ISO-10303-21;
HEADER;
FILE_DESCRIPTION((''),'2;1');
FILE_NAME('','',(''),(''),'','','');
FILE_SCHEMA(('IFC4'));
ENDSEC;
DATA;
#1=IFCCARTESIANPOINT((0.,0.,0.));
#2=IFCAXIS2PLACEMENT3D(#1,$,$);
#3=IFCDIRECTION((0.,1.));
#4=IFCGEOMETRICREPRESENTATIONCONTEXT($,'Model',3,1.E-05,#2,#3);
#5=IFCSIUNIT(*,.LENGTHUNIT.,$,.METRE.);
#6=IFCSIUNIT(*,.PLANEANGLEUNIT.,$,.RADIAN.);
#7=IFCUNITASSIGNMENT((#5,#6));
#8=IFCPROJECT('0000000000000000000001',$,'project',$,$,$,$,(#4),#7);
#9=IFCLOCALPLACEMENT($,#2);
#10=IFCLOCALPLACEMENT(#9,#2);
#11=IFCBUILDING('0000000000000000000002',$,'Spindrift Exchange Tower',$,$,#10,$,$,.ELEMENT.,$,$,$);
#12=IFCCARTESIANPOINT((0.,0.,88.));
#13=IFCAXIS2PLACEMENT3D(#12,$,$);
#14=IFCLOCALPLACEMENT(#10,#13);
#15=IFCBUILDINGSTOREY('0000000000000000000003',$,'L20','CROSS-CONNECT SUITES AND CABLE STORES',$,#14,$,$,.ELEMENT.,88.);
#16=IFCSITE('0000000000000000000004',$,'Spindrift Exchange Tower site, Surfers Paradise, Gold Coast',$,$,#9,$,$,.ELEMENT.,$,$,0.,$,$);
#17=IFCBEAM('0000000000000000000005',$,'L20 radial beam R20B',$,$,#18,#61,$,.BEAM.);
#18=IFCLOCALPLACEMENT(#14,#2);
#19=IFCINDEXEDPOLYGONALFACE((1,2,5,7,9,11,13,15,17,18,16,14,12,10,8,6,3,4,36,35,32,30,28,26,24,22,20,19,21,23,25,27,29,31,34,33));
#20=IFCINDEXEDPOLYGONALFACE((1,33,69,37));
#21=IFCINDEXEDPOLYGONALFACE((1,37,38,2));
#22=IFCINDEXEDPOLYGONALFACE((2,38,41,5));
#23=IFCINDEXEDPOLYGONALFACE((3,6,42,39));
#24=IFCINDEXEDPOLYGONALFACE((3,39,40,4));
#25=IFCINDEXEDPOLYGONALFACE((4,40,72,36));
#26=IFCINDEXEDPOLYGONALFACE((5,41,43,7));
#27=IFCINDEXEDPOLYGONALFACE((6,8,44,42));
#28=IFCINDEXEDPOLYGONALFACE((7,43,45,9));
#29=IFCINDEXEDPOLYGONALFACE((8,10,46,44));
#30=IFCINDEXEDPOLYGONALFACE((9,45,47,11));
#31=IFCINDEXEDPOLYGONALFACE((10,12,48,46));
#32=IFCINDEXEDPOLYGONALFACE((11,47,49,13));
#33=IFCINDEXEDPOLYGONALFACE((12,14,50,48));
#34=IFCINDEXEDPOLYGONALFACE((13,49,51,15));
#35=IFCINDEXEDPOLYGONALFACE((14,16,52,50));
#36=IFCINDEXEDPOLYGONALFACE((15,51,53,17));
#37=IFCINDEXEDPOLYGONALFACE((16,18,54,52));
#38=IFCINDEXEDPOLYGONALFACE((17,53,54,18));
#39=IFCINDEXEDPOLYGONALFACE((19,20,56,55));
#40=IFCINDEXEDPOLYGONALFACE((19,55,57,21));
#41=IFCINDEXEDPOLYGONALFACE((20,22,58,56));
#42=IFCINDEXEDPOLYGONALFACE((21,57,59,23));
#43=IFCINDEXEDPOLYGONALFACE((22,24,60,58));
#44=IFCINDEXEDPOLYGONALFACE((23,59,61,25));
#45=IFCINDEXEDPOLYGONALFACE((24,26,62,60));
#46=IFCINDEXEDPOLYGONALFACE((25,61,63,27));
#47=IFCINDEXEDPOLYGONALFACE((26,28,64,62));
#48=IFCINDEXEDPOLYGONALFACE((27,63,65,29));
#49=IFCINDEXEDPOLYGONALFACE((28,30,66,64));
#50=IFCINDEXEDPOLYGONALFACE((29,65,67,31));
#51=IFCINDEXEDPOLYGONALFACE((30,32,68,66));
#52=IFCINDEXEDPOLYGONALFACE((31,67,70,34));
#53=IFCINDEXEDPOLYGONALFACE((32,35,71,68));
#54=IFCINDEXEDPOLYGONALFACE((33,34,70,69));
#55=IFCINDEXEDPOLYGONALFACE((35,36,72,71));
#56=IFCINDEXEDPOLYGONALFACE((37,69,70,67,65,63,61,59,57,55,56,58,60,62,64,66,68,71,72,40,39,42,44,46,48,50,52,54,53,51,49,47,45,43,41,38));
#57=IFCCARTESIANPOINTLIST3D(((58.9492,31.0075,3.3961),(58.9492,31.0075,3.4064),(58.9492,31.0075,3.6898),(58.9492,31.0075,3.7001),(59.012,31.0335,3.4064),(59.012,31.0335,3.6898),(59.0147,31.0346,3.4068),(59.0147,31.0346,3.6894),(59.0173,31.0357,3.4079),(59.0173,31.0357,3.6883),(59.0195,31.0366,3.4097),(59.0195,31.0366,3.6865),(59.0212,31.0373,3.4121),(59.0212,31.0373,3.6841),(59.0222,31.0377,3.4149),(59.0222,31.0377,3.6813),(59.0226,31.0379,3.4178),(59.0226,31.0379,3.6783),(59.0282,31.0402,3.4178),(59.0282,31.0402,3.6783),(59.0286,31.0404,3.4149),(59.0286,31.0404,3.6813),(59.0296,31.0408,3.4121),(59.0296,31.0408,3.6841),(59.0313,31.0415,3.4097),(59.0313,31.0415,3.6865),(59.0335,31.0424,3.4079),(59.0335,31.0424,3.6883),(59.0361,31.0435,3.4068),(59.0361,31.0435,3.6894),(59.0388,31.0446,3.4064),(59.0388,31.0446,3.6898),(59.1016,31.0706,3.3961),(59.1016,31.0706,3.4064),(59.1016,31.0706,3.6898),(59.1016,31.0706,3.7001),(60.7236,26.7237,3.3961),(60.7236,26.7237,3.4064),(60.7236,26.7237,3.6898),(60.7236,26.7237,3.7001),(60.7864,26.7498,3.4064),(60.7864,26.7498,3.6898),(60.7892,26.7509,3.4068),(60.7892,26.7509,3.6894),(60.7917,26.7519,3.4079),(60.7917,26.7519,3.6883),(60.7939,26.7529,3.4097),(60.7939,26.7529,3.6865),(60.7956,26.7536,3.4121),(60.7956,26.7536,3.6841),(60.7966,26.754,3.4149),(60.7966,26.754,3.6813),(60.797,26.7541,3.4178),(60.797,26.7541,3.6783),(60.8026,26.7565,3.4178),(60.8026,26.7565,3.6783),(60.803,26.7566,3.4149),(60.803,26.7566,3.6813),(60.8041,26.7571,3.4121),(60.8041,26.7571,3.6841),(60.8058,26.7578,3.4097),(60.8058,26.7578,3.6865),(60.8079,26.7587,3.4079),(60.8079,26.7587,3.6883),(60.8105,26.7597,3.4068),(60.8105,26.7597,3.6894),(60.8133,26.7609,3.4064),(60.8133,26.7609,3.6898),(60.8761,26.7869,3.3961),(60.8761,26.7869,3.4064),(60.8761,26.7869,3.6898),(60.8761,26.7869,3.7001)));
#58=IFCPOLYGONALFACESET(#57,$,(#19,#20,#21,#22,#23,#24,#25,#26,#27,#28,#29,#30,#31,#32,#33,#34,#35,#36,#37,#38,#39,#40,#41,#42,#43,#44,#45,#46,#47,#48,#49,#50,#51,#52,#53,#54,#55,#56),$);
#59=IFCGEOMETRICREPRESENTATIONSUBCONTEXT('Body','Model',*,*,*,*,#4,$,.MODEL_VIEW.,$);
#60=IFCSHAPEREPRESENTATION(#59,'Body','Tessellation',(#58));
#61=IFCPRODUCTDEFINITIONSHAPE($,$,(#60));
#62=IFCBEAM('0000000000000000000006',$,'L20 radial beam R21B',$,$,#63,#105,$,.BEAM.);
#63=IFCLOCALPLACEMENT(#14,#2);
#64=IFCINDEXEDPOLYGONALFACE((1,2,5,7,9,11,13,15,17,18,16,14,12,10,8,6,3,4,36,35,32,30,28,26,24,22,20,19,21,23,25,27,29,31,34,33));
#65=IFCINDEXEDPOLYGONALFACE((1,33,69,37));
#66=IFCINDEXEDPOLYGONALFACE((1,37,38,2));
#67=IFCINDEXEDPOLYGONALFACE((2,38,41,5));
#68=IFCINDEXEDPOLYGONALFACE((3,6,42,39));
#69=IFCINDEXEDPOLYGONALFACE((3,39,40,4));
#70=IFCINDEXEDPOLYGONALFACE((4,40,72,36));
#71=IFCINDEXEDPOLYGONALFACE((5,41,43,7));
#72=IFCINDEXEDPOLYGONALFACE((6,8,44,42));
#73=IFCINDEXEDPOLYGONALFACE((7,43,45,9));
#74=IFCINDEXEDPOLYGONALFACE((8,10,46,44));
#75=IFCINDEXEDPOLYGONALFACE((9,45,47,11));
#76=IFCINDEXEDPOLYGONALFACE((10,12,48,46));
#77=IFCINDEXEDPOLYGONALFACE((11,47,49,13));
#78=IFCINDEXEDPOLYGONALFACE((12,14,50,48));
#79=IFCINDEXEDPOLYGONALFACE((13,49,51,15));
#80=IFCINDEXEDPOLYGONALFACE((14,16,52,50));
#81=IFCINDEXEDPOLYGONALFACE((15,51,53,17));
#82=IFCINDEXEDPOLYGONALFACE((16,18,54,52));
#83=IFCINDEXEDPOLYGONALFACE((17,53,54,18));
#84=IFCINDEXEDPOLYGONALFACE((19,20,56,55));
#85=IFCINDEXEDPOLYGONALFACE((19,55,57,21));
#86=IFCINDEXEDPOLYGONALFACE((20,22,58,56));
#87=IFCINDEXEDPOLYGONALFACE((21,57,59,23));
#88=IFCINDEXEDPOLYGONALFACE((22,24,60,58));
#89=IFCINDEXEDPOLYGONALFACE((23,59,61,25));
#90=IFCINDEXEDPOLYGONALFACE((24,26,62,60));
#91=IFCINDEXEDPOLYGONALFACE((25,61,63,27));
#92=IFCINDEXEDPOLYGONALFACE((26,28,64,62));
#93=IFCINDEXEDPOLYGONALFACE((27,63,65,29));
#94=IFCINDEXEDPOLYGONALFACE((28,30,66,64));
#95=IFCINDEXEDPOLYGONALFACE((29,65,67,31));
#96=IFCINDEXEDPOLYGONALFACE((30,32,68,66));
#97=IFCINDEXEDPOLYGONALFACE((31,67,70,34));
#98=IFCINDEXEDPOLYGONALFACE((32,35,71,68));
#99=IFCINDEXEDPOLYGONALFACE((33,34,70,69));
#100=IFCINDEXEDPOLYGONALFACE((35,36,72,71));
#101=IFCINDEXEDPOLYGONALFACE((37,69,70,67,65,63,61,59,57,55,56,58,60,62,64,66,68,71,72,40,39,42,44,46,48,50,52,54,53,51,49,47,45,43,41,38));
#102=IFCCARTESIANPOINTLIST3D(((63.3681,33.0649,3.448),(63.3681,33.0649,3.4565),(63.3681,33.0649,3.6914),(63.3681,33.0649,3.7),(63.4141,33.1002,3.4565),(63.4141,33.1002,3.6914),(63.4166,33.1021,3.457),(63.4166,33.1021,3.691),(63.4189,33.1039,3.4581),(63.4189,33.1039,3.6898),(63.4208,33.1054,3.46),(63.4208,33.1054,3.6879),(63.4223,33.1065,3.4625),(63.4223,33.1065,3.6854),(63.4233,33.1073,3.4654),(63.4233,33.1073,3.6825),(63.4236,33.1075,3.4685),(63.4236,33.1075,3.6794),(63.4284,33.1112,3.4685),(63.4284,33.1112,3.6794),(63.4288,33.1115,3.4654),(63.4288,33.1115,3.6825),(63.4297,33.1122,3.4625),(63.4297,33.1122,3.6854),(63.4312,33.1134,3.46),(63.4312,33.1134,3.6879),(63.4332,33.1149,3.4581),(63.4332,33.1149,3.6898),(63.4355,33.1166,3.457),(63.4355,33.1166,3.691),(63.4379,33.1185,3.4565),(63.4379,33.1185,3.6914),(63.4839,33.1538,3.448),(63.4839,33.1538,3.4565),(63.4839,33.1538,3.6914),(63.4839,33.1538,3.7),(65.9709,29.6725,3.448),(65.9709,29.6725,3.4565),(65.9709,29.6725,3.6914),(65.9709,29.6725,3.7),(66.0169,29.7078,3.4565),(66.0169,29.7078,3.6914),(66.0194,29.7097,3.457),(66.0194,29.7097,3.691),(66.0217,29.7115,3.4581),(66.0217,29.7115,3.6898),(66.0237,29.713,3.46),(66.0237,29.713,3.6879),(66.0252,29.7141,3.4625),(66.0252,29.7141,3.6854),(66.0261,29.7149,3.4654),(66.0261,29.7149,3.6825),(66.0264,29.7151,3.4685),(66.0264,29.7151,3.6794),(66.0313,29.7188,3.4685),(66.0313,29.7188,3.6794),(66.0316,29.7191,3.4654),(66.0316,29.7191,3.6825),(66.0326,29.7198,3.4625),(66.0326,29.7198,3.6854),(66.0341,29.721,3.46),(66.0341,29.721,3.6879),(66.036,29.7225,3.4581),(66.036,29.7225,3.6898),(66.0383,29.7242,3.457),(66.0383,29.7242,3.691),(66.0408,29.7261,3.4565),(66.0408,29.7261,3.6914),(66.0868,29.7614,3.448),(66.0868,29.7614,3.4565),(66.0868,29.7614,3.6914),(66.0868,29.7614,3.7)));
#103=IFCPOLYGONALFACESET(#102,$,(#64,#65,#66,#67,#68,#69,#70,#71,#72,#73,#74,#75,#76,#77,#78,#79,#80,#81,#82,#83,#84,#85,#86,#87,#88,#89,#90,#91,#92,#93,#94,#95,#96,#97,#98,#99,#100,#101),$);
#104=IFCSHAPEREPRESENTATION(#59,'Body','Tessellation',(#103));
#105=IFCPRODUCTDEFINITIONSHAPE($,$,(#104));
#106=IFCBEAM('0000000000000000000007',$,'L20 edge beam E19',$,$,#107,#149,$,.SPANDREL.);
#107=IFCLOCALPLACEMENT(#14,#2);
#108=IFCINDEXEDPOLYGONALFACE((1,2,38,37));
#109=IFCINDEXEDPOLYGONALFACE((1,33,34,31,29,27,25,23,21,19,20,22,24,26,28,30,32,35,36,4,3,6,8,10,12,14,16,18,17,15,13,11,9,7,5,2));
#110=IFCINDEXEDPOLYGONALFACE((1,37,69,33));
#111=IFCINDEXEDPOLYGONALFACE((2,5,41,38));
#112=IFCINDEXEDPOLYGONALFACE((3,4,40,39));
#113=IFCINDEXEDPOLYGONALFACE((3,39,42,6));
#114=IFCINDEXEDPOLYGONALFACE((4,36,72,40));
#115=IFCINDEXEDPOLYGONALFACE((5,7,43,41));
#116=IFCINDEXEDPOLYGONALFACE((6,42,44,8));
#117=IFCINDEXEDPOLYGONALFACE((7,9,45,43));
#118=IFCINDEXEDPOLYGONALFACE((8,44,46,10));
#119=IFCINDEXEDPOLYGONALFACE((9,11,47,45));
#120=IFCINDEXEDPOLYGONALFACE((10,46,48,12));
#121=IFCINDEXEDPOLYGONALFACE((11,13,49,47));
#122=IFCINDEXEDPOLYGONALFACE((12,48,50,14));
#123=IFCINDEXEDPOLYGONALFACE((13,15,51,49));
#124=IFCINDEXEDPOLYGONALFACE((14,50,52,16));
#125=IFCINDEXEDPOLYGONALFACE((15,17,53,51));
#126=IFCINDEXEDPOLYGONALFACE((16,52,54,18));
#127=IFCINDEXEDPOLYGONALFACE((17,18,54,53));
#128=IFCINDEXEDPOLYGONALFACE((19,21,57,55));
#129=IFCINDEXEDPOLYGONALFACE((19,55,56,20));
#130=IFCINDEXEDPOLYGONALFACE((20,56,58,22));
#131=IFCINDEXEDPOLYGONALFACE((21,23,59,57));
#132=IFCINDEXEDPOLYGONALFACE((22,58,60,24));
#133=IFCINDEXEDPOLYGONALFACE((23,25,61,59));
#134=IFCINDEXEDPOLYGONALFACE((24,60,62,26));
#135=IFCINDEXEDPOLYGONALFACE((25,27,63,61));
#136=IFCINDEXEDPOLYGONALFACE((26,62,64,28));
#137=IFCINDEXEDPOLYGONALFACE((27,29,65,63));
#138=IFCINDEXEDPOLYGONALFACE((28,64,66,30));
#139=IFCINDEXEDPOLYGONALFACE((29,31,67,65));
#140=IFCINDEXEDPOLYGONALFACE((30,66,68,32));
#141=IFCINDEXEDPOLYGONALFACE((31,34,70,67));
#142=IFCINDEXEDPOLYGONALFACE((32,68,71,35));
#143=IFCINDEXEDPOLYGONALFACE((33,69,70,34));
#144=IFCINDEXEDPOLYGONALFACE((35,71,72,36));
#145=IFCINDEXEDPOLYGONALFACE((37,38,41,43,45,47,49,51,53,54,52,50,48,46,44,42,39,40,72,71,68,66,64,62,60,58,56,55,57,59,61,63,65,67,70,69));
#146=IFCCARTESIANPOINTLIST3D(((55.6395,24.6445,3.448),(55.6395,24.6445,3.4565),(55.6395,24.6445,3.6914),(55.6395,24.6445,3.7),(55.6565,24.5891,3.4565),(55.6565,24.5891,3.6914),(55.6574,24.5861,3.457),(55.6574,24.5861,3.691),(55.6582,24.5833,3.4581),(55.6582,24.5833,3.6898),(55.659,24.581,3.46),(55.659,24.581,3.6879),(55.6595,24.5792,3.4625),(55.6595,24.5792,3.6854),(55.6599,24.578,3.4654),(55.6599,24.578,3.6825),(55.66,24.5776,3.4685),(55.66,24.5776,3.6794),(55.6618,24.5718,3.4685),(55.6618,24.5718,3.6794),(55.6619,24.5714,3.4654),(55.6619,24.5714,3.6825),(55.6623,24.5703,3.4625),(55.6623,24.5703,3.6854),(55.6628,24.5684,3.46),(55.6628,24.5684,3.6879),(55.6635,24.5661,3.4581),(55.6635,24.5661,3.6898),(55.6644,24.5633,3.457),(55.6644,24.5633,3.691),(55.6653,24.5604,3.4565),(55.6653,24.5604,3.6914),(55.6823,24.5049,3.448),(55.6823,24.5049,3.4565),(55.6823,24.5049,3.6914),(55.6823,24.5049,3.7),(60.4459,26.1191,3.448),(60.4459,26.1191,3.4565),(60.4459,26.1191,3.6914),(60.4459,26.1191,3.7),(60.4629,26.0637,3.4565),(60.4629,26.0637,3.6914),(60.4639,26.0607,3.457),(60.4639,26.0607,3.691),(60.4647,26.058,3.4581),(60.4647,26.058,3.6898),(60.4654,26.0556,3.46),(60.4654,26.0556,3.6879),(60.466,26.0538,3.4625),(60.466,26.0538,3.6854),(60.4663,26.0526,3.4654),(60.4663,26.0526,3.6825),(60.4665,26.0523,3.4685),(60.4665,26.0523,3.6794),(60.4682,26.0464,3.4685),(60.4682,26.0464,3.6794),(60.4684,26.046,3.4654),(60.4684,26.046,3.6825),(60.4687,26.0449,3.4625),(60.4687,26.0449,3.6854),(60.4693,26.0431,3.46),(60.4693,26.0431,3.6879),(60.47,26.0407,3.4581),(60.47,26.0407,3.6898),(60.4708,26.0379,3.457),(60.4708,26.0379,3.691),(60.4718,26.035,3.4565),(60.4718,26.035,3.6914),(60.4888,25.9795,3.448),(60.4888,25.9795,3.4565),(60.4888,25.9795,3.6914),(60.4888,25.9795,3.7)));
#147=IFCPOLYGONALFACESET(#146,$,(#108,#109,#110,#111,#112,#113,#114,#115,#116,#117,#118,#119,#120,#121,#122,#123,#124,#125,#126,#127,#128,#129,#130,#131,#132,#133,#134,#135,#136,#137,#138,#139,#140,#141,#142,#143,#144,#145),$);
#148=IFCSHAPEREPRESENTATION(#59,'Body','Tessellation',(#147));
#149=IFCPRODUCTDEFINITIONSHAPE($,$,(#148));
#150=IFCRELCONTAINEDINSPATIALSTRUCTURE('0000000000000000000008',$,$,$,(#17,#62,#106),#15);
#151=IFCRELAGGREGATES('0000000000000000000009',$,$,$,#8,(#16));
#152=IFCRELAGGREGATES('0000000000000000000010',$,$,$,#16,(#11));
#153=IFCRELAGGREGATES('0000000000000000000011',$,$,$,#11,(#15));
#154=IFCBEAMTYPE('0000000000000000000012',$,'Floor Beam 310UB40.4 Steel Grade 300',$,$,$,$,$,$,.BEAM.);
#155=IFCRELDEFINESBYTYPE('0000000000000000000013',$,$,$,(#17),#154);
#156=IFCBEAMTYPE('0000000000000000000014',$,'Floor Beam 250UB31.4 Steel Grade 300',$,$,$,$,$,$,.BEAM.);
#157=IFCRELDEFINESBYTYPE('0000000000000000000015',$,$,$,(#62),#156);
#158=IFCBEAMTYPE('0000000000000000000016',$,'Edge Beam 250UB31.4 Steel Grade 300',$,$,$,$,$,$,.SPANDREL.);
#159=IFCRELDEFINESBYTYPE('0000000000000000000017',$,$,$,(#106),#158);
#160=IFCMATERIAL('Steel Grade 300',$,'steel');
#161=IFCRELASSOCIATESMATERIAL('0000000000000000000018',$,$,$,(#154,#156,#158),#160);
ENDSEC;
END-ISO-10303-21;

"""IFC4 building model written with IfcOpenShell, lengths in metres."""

from ifc_helpers import new_model, si_unit, direction, frame, origin, origin_2d, place, context, subcontext, project, spatial, i_section, extrude, source, transform, mapped, material, material_profile, profile_set, type_object, element, save


model = new_model("IFC4")

# Units and contexts
model_context = context("Model", 3, precision=1e-05, world=origin(), true_north=direction((0.0, 1.0)))
body_context = subcontext(model_context, "Body", "Model", "MODEL_VIEW")
ifc_project = project(units=[si_unit("LENGTHUNIT", "METRE"), si_unit("PLANEANGLEUNIT", "RADIAN")], contexts=[model_context])

# Site, building, storey
site_placement = place(None, origin())
site = spatial("IfcSite", under=ifc_project, at=site_placement, Name="Spindrift Exchange Tower site, Surfers Paradise, Gold Coast", CompositionType="ELEMENT", RefElevation=0.0)
building_placement = place(site_placement, origin())
building = spatial("IfcBuilding", under=site, at=building_placement, Name="Spindrift Exchange Tower", CompositionType="ELEMENT")
storey_placement = place(building_placement, frame((0.0, 0.0, 88.0)))
storey = spatial("IfcBuildingStorey", under=building, at=storey_placement, Name="L20", Description="CROSS-CONNECT SUITES AND CABLE STORES", CompositionType="ELEMENT", Elevation=88.0)

# Beams
ifc_material_1 = material(Name="Steel Grade 300", Category="steel")
ifc_material_profile_1 = material_profile(ifc_material_1, i_section(OverallWidth=0.165, OverallDepth=0.304, WebThickness=0.0061, FlangeThickness=0.0103, FilletRadius=0.0115, at=origin_2d()), Name="310UB40.4")
ifc_profile_set_1 = profile_set([ifc_material_profile_1], Name="Steel Grade 300")
beam_type_1 = type_object("IfcBeamType", Name="Floor Beam 310UB40.4 Steel Grade 300", PredefinedType="BEAM", material=ifc_profile_set_1)
shared_shape_1 = source(origin(), body_context, "Body", "SweptSolid", [
    extrude(i_section(OverallWidth=0.165, OverallDepth=0.304, WebThickness=0.0061, FlangeThickness=0.0103, FilletRadius=0.0115, at=origin_2d()), origin(), (0.0, 0.0, 1.0), 4.6367),
])
beam_1_placement = place(storey_placement, frame((59.0254, 31.0391, 3.5481), z_axis=(0.382693, -0.923876, 0.0), x_axis=(0.923876, 0.382693, 0.0)))
element("IfcBeam", 1, at=beam_1_placement, inside=storey, type_object=beam_type_1, Name="L20 radial beam R20B", PredefinedType="BEAM", context=body_context, shape_type="MappedRepresentation", body=[
    mapped(shared_shape_1, transform((0.0, 0.0, 0.0), scale=1.0)),
])
ifc_material_profile_2 = material_profile(ifc_material_1, i_section(OverallWidth=0.146, OverallDepth=0.252, WebThickness=0.0061, FlangeThickness=0.0085, FilletRadius=0.012, at=origin_2d()), Name="250UB31.4")
ifc_profile_set_2 = profile_set([ifc_material_profile_2], Name="Steel Grade 300")
beam_type_2 = type_object("IfcBeamType", Name="Floor Beam 250UB31.4 Steel Grade 300", PredefinedType="BEAM", material=ifc_profile_set_2)
shared_shape_2 = source(origin(), body_context, "Body", "SweptSolid", [
    extrude(i_section(OverallWidth=0.146, OverallDepth=0.252, WebThickness=0.0061, FlangeThickness=0.0085, FilletRadius=0.012, at=origin_2d()), origin(), (0.0, 0.0, 1.0), 4.2759),
])
beam_2_placement = place(storey_placement, frame((63.426, 33.1094, 3.574), z_axis=(0.608725, -0.793381, 0.0), x_axis=(0.793381, 0.608725, 0.0)))
element("IfcBeam", 2, at=beam_2_placement, inside=storey, type_object=beam_type_2, Name="L20 radial beam R21B", PredefinedType="BEAM", context=body_context, shape_type="MappedRepresentation", body=[
    mapped(shared_shape_2, transform((0.0, 0.0, 0.0), scale=1.0)),
])
ifc_material_profile_3 = material_profile(ifc_material_1, i_section(OverallWidth=0.146, OverallDepth=0.252, WebThickness=0.0061, FlangeThickness=0.0085, FilletRadius=0.012, at=origin_2d()), Name="250UB31.4")
ifc_profile_set_3 = profile_set([ifc_material_profile_3], Name="Steel Grade 300")
beam_type_3 = type_object("IfcBeamType", Name="Edge Beam 250UB31.4 Steel Grade 300", PredefinedType="SPANDREL", material=ifc_profile_set_3)
shared_shape_3 = source(origin(), body_context, "Body", "SweptSolid", [
    extrude(i_section(OverallWidth=0.146, OverallDepth=0.252, WebThickness=0.0061, FlangeThickness=0.0085, FilletRadius=0.012, at=origin_2d()), origin(), (0.0, 0.0, 1.0), 5.0276),
])
beam_3_placement = place(storey_placement, frame((55.6609, 24.5747, 3.574), z_axis=(0.956018, 0.293308, 0.0), x_axis=(-0.293308, 0.956018, 0.0)))
element("IfcBeam", 3, at=beam_3_placement, inside=storey, type_object=beam_type_3, Name="L20 edge beam E19", PredefinedType="SPANDREL", context=body_context, shape_type="MappedRepresentation", body=[
    mapped(shared_shape_3, transform((0.0, 0.0, 0.0), scale=1.0)),
])

save(model, "model.ifc")
